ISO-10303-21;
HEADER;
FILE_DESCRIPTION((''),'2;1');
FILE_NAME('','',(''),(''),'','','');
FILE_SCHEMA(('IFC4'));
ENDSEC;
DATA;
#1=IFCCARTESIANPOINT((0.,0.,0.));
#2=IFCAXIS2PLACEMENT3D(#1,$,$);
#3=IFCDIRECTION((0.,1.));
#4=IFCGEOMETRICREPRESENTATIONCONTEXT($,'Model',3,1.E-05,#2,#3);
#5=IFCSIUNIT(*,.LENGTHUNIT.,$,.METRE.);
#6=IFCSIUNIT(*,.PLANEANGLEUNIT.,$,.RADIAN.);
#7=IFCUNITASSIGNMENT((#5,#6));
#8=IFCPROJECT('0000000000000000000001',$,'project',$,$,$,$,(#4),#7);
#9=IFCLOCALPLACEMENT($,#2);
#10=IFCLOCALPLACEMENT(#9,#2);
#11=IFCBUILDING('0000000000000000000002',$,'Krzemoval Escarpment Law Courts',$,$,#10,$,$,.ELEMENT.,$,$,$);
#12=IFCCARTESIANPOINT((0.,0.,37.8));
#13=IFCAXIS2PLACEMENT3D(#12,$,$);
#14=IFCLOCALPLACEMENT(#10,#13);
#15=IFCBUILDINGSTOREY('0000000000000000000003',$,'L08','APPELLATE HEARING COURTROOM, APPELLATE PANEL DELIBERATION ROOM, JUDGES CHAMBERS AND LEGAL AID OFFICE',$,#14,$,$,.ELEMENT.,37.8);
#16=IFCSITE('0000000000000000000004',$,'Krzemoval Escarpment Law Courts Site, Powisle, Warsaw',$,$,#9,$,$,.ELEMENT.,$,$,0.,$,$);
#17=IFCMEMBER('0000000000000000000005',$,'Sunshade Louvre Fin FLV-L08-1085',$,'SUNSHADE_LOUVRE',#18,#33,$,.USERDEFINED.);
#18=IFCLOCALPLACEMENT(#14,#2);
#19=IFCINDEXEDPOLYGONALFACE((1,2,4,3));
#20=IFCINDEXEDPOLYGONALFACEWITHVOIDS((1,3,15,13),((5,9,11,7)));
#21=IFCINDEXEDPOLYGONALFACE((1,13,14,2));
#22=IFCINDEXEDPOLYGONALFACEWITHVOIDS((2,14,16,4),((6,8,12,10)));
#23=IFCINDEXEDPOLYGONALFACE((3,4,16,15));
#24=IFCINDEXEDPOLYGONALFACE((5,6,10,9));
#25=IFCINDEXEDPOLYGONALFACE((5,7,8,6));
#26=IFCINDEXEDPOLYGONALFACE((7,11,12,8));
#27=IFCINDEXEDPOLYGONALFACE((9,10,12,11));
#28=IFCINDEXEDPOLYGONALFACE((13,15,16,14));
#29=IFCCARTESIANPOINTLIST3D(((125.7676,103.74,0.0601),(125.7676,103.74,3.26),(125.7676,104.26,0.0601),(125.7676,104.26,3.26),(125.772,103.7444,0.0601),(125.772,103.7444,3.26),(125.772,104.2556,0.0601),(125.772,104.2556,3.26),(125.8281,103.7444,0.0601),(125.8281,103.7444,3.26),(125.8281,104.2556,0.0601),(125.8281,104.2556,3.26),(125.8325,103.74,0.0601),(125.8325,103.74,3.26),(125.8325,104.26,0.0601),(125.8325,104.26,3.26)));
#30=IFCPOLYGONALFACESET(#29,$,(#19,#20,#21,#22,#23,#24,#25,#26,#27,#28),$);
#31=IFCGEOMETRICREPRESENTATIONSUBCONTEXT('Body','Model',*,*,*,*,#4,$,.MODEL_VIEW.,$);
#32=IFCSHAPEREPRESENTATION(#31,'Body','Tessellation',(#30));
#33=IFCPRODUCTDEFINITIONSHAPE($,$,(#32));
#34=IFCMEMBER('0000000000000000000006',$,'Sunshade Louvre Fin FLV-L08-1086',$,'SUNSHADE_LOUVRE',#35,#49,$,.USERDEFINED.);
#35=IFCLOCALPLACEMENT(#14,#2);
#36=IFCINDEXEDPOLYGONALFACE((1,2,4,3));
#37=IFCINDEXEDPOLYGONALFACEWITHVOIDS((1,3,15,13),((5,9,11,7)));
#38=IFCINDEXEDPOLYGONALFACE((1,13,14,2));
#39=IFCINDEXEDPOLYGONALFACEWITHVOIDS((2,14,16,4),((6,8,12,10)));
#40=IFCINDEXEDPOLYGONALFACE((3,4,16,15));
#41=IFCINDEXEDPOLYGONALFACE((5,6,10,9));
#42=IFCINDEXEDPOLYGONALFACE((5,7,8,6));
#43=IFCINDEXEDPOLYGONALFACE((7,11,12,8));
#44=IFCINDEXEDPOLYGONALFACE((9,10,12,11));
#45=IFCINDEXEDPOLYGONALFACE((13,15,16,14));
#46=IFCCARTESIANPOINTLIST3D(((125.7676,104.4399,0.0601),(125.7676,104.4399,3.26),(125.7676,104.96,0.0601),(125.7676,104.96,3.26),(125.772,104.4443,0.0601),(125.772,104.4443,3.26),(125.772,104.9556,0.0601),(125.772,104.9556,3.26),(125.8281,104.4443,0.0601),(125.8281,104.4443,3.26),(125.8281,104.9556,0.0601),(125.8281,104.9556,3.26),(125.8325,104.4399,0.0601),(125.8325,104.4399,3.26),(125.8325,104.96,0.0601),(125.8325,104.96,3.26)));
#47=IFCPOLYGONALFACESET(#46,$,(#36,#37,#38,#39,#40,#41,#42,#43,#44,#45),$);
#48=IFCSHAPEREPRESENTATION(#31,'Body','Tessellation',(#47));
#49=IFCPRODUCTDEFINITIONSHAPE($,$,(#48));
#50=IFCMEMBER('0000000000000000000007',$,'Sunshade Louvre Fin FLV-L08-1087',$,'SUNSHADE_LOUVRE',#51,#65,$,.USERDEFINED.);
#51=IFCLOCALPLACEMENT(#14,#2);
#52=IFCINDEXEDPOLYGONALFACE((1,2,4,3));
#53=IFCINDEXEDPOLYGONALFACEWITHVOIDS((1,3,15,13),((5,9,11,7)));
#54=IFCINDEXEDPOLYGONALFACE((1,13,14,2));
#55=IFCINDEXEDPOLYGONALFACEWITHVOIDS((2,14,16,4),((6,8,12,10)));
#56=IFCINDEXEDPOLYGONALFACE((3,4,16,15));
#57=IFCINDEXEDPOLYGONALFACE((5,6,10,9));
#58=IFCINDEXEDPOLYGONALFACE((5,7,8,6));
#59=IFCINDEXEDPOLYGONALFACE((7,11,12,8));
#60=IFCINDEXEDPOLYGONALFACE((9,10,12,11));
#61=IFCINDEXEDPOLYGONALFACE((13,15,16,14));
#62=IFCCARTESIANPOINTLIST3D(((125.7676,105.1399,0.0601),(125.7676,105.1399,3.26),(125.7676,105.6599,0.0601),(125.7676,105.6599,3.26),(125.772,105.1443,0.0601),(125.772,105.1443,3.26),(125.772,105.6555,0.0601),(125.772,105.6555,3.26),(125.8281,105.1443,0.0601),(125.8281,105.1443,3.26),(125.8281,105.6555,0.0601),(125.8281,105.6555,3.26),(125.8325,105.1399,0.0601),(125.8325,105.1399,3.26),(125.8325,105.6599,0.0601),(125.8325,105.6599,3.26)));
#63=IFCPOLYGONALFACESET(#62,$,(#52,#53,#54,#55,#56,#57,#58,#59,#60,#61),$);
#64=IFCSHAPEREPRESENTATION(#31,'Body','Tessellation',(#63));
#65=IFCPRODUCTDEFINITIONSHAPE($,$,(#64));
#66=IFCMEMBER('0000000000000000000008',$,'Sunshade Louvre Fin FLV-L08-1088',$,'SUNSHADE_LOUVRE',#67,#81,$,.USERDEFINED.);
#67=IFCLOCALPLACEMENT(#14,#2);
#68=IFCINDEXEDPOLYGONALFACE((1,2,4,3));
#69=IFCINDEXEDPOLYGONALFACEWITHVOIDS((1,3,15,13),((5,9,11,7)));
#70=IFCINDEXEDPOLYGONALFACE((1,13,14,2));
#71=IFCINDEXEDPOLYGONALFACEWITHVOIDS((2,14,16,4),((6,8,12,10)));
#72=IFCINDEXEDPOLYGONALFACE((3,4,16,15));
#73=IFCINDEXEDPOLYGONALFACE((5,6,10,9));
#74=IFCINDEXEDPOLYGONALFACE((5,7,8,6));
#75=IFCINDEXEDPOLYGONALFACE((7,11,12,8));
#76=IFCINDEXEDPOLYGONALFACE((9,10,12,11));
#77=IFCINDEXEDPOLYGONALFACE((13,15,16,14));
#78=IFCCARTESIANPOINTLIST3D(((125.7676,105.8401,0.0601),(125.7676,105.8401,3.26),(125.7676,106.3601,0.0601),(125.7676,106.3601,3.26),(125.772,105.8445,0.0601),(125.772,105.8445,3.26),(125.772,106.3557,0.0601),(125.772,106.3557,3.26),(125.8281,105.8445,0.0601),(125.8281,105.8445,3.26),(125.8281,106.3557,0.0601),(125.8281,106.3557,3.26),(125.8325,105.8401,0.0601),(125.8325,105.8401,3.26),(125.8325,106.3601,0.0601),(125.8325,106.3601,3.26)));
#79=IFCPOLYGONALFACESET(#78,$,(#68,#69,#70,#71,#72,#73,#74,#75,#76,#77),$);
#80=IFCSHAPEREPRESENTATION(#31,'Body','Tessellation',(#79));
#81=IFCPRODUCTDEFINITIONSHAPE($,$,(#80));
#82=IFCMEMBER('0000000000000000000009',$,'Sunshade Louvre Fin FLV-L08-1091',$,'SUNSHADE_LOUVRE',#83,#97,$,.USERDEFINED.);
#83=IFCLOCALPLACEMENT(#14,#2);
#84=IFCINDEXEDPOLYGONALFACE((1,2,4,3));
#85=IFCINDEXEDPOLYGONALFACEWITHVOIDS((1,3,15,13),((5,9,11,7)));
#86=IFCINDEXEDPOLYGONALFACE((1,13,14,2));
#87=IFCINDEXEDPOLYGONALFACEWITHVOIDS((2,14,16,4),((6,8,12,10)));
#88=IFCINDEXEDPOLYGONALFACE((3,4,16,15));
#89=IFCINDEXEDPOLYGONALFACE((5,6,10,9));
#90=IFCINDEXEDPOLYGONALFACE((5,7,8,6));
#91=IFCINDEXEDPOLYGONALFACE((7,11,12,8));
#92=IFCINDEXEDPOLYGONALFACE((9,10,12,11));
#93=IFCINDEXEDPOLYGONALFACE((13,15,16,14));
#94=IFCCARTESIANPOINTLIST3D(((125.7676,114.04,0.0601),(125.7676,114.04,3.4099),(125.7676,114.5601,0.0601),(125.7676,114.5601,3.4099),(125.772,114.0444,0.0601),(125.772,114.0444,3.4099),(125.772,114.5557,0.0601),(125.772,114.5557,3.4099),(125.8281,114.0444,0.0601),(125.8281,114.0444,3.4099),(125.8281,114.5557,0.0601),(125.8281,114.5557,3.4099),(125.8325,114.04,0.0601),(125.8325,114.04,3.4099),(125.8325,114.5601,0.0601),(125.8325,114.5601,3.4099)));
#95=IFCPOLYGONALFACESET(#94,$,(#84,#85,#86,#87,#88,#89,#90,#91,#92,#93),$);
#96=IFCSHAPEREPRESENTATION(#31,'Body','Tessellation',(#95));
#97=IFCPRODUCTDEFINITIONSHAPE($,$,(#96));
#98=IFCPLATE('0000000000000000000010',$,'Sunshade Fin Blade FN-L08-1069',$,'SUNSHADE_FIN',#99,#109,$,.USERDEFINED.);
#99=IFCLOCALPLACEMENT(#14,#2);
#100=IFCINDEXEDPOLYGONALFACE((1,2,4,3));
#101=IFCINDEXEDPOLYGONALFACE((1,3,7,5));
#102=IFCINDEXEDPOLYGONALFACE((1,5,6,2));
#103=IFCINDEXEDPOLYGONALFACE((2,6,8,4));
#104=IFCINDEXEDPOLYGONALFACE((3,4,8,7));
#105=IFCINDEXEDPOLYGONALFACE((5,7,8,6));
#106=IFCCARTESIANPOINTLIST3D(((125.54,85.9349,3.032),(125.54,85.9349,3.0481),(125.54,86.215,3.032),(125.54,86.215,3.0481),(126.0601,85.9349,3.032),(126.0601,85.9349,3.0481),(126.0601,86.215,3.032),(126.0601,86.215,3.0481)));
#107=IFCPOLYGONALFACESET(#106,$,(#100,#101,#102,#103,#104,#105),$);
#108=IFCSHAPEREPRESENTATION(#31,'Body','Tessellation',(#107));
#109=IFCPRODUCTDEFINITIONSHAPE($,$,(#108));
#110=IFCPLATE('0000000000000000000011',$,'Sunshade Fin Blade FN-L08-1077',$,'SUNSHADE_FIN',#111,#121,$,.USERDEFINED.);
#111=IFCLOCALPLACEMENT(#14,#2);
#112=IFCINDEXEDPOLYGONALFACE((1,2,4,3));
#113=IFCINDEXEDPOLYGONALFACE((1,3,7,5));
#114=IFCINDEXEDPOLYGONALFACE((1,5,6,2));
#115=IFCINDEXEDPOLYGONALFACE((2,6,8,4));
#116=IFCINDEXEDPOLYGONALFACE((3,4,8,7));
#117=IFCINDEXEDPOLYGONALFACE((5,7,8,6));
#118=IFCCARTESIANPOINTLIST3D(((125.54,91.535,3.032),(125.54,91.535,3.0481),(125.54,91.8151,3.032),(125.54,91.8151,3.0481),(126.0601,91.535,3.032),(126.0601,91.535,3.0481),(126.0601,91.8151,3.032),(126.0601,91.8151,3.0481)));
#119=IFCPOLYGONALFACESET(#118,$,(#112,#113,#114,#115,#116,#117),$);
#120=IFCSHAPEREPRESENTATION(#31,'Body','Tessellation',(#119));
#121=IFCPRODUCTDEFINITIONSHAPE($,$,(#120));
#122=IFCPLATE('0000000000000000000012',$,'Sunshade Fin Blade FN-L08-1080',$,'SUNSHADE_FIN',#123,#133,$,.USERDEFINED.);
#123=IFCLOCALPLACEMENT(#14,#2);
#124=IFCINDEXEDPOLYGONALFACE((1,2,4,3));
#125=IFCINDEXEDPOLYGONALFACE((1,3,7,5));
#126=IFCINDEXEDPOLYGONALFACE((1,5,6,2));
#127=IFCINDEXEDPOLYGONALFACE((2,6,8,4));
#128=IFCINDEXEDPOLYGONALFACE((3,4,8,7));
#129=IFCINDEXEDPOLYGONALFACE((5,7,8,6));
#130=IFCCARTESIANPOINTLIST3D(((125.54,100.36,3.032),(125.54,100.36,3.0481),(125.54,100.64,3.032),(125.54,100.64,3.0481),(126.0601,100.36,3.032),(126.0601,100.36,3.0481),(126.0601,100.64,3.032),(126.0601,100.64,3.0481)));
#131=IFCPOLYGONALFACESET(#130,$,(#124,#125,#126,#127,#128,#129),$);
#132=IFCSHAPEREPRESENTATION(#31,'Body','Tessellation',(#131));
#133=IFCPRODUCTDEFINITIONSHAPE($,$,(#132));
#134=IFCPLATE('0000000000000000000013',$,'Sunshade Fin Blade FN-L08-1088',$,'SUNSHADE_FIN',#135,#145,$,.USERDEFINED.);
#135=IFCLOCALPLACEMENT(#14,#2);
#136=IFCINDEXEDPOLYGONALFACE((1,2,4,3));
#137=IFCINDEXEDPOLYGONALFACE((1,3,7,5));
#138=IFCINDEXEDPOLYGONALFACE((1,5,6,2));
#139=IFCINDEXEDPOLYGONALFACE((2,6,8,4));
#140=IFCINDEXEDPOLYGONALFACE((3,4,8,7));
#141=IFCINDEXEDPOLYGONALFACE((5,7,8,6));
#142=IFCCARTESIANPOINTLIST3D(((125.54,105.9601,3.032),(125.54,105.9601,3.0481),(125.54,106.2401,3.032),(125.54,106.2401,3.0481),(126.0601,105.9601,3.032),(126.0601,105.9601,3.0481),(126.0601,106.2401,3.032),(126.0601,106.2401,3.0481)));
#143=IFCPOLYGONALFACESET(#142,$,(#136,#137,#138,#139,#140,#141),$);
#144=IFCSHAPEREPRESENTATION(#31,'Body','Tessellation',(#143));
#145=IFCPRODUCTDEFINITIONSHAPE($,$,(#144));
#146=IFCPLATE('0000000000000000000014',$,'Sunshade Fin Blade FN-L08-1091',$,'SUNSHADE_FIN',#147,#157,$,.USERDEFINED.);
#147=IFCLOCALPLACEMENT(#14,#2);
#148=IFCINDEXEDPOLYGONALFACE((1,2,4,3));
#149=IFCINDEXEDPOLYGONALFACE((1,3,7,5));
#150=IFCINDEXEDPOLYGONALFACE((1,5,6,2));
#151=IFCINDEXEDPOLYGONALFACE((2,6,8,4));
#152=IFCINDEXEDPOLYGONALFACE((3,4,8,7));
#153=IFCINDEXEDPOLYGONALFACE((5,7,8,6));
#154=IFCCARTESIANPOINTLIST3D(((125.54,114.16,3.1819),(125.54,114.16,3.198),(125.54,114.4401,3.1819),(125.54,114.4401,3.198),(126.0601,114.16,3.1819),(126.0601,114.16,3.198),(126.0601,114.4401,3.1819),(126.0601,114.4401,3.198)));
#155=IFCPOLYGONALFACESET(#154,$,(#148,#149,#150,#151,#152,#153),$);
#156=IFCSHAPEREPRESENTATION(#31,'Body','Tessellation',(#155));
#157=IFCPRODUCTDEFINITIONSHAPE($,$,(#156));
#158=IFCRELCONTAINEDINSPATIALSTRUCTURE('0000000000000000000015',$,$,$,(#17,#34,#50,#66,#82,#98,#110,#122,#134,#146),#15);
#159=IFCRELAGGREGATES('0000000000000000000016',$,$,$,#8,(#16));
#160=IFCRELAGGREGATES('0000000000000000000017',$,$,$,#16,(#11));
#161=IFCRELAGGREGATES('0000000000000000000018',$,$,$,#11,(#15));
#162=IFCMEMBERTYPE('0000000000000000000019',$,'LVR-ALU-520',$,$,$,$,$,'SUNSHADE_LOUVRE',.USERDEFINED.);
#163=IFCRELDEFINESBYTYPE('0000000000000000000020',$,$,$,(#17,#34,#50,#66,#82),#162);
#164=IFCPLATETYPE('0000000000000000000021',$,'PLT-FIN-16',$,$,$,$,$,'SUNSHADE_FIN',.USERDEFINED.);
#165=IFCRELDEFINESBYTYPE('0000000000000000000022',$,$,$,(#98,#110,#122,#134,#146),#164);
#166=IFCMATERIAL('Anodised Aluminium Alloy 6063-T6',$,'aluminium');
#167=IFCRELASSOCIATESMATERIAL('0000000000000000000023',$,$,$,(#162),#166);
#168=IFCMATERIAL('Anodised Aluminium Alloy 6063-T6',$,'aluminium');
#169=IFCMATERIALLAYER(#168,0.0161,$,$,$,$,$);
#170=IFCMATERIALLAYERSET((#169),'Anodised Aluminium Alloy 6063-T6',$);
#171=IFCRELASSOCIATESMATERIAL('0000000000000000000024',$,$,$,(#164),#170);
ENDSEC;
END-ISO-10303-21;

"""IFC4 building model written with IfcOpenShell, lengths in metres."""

from ifc_helpers import new_model, si_unit, direction, frame, origin, origin_2d, place, context, subcontext, project, spatial, rectangle, hollow_rectangle, extrude, material, layer, layer_set, material_profile, profile_set, type_object, element, save


model = new_model("IFC4")

# Units and contexts
model_context = context("Model", 3, precision=1e-05, world=origin(), true_north=direction((0.0, 1.0)))
body_context = subcontext(model_context, "Body", "Model", "MODEL_VIEW")
ifc_project = project(units=[si_unit("LENGTHUNIT", "METRE"), si_unit("PLANEANGLEUNIT", "RADIAN")], contexts=[model_context])

# Site, building, storey
site_placement = place(None, origin())
site = spatial("IfcSite", under=ifc_project, at=site_placement, Name="Krzemoval Escarpment Law Courts Site, Powisle, Warsaw", CompositionType="ELEMENT", RefElevation=0.0)
building_placement = place(site_placement, origin())
building = spatial("IfcBuilding", under=site, at=building_placement, Name="Krzemoval Escarpment Law Courts", CompositionType="ELEMENT")
storey_placement = place(building_placement, frame((0.0, 0.0, 37.8)))
storey = spatial("IfcBuildingStorey", under=building, at=storey_placement, Name="L08", Description="APPELLATE HEARING COURTROOM, APPELLATE PANEL DELIBERATION ROOM, JUDGES CHAMBERS AND LEGAL AID OFFICE", CompositionType="ELEMENT", Elevation=37.8)

# Members
ifc_material_1 = material(Name="Anodised Aluminium Alloy 6063-T6", Category="aluminium")
ifc_material_profile = material_profile(ifc_material_1, hollow_rectangle(XDim=0.0649, YDim=0.52, WallThickness=0.0044, at=origin_2d()), Name="ALU LVR 65x520")
ifc_profile_set = profile_set([ifc_material_profile], Name="Anodised Aluminium Alloy 6063-T6")
member_type = type_object("IfcMemberType", Name="LVR-ALU-520", ElementType="SUNSHADE_LOUVRE", PredefinedType="USERDEFINED", material=ifc_profile_set)
for number, where, z_axis, x_axis, name in (
    (1, (125.8, 104.0, 0.0601), (0.0, 0.0, 1.0), (1.0, 0.0, 0.0), "Sunshade Louvre Fin FLV-L08-1085"),
    (2, (125.8, 104.7, 0.0601), (0.0, 0.0, 1.0), (1.0, 0.0, 0.0), "Sunshade Louvre Fin FLV-L08-1086"),
    (3, (125.8, 105.3999, 0.0601), (0.0, 0.0, 1.0), (1.0, 0.0, 0.0), "Sunshade Louvre Fin FLV-L08-1087"),
    (4, (125.8, 106.1001, 0.0601), (0.0, 0.0, 1.0), (1.0, 0.0, 0.0), "Sunshade Louvre Fin FLV-L08-1088"),
):
    element("IfcMember", number, at=place(storey_placement, frame(where, z_axis=z_axis, x_axis=x_axis)), inside=storey, type_object=member_type, Name=name, ObjectType="SUNSHADE_LOUVRE", PredefinedType="USERDEFINED", context=body_context, shape_type="SweptSolid", body=[
        extrude(hollow_rectangle(XDim=0.0649, YDim=0.52, WallThickness=0.0044, at=origin_2d()), origin(), (0.0, 0.0, 1.0), 3.2),
    ])
member_placement = place(storey_placement, frame((125.8, 114.3, 0.0601), z_axis=(0.0, 0.0, 1.0), x_axis=(1.0, 0.0, 0.0)))
element("IfcMember", 5, at=member_placement, inside=storey, type_object=member_type, Name="Sunshade Louvre Fin FLV-L08-1091", ObjectType="SUNSHADE_LOUVRE", PredefinedType="USERDEFINED", context=body_context, shape_type="SweptSolid", body=[
    extrude(hollow_rectangle(XDim=0.0649, YDim=0.52, WallThickness=0.0044, at=origin_2d()), origin(), (0.0, 0.0, 1.0), 3.3499),
])

# Plates
ifc_material_2 = material(Name="Anodised Aluminium Alloy 6063-T6", Category="aluminium")
ifc_layer_1 = layer(ifc_material_2, 0.0161)
ifc_layer_set_1 = layer_set([ifc_layer_1], Name="Anodised Aluminium Alloy 6063-T6")
plate_type = type_object("IfcPlateType", Name="PLT-FIN-16", ElementType="SUNSHADE_FIN", PredefinedType="USERDEFINED", material=ifc_layer_set_1)
for number, where, z_axis, x_axis, name in (
    (6, (125.8, 86.075, 3.032), (0.0, 0.0, 1.0), (-1.0, 0.0, 0.0), "Sunshade Fin Blade FN-L08-1069"),
    (7, (125.8, 91.675, 3.032), (0.0, 0.0, 1.0), (-1.0, 0.0, 0.0), "Sunshade Fin Blade FN-L08-1077"),
    (8, (125.8, 100.5, 3.032), (0.0, 0.0, 1.0), (-1.0, 0.0, 0.0), "Sunshade Fin Blade FN-L08-1080"),
    (9, (125.8, 106.1001, 3.032), (0.0, 0.0, 1.0), (-1.0, 0.0, 0.0), "Sunshade Fin Blade FN-L08-1088"),
    (10, (125.8, 114.3, 3.1819), (0.0, 0.0, 1.0), (-1.0, 0.0, 0.0), "Sunshade Fin Blade FN-L08-1091"),
):
    element("IfcPlate", number, at=place(storey_placement, frame(where, z_axis=z_axis, x_axis=x_axis)), inside=storey, type_object=plate_type, Name=name, ObjectType="SUNSHADE_FIN", PredefinedType="USERDEFINED", context=body_context, shape_type="SweptSolid", body=[
        extrude(rectangle(XDim=0.52, YDim=0.28, at=origin_2d()), origin(), (0.0, 0.0, 1.0), 0.0161),
    ])

save(model, "model.ifc")
